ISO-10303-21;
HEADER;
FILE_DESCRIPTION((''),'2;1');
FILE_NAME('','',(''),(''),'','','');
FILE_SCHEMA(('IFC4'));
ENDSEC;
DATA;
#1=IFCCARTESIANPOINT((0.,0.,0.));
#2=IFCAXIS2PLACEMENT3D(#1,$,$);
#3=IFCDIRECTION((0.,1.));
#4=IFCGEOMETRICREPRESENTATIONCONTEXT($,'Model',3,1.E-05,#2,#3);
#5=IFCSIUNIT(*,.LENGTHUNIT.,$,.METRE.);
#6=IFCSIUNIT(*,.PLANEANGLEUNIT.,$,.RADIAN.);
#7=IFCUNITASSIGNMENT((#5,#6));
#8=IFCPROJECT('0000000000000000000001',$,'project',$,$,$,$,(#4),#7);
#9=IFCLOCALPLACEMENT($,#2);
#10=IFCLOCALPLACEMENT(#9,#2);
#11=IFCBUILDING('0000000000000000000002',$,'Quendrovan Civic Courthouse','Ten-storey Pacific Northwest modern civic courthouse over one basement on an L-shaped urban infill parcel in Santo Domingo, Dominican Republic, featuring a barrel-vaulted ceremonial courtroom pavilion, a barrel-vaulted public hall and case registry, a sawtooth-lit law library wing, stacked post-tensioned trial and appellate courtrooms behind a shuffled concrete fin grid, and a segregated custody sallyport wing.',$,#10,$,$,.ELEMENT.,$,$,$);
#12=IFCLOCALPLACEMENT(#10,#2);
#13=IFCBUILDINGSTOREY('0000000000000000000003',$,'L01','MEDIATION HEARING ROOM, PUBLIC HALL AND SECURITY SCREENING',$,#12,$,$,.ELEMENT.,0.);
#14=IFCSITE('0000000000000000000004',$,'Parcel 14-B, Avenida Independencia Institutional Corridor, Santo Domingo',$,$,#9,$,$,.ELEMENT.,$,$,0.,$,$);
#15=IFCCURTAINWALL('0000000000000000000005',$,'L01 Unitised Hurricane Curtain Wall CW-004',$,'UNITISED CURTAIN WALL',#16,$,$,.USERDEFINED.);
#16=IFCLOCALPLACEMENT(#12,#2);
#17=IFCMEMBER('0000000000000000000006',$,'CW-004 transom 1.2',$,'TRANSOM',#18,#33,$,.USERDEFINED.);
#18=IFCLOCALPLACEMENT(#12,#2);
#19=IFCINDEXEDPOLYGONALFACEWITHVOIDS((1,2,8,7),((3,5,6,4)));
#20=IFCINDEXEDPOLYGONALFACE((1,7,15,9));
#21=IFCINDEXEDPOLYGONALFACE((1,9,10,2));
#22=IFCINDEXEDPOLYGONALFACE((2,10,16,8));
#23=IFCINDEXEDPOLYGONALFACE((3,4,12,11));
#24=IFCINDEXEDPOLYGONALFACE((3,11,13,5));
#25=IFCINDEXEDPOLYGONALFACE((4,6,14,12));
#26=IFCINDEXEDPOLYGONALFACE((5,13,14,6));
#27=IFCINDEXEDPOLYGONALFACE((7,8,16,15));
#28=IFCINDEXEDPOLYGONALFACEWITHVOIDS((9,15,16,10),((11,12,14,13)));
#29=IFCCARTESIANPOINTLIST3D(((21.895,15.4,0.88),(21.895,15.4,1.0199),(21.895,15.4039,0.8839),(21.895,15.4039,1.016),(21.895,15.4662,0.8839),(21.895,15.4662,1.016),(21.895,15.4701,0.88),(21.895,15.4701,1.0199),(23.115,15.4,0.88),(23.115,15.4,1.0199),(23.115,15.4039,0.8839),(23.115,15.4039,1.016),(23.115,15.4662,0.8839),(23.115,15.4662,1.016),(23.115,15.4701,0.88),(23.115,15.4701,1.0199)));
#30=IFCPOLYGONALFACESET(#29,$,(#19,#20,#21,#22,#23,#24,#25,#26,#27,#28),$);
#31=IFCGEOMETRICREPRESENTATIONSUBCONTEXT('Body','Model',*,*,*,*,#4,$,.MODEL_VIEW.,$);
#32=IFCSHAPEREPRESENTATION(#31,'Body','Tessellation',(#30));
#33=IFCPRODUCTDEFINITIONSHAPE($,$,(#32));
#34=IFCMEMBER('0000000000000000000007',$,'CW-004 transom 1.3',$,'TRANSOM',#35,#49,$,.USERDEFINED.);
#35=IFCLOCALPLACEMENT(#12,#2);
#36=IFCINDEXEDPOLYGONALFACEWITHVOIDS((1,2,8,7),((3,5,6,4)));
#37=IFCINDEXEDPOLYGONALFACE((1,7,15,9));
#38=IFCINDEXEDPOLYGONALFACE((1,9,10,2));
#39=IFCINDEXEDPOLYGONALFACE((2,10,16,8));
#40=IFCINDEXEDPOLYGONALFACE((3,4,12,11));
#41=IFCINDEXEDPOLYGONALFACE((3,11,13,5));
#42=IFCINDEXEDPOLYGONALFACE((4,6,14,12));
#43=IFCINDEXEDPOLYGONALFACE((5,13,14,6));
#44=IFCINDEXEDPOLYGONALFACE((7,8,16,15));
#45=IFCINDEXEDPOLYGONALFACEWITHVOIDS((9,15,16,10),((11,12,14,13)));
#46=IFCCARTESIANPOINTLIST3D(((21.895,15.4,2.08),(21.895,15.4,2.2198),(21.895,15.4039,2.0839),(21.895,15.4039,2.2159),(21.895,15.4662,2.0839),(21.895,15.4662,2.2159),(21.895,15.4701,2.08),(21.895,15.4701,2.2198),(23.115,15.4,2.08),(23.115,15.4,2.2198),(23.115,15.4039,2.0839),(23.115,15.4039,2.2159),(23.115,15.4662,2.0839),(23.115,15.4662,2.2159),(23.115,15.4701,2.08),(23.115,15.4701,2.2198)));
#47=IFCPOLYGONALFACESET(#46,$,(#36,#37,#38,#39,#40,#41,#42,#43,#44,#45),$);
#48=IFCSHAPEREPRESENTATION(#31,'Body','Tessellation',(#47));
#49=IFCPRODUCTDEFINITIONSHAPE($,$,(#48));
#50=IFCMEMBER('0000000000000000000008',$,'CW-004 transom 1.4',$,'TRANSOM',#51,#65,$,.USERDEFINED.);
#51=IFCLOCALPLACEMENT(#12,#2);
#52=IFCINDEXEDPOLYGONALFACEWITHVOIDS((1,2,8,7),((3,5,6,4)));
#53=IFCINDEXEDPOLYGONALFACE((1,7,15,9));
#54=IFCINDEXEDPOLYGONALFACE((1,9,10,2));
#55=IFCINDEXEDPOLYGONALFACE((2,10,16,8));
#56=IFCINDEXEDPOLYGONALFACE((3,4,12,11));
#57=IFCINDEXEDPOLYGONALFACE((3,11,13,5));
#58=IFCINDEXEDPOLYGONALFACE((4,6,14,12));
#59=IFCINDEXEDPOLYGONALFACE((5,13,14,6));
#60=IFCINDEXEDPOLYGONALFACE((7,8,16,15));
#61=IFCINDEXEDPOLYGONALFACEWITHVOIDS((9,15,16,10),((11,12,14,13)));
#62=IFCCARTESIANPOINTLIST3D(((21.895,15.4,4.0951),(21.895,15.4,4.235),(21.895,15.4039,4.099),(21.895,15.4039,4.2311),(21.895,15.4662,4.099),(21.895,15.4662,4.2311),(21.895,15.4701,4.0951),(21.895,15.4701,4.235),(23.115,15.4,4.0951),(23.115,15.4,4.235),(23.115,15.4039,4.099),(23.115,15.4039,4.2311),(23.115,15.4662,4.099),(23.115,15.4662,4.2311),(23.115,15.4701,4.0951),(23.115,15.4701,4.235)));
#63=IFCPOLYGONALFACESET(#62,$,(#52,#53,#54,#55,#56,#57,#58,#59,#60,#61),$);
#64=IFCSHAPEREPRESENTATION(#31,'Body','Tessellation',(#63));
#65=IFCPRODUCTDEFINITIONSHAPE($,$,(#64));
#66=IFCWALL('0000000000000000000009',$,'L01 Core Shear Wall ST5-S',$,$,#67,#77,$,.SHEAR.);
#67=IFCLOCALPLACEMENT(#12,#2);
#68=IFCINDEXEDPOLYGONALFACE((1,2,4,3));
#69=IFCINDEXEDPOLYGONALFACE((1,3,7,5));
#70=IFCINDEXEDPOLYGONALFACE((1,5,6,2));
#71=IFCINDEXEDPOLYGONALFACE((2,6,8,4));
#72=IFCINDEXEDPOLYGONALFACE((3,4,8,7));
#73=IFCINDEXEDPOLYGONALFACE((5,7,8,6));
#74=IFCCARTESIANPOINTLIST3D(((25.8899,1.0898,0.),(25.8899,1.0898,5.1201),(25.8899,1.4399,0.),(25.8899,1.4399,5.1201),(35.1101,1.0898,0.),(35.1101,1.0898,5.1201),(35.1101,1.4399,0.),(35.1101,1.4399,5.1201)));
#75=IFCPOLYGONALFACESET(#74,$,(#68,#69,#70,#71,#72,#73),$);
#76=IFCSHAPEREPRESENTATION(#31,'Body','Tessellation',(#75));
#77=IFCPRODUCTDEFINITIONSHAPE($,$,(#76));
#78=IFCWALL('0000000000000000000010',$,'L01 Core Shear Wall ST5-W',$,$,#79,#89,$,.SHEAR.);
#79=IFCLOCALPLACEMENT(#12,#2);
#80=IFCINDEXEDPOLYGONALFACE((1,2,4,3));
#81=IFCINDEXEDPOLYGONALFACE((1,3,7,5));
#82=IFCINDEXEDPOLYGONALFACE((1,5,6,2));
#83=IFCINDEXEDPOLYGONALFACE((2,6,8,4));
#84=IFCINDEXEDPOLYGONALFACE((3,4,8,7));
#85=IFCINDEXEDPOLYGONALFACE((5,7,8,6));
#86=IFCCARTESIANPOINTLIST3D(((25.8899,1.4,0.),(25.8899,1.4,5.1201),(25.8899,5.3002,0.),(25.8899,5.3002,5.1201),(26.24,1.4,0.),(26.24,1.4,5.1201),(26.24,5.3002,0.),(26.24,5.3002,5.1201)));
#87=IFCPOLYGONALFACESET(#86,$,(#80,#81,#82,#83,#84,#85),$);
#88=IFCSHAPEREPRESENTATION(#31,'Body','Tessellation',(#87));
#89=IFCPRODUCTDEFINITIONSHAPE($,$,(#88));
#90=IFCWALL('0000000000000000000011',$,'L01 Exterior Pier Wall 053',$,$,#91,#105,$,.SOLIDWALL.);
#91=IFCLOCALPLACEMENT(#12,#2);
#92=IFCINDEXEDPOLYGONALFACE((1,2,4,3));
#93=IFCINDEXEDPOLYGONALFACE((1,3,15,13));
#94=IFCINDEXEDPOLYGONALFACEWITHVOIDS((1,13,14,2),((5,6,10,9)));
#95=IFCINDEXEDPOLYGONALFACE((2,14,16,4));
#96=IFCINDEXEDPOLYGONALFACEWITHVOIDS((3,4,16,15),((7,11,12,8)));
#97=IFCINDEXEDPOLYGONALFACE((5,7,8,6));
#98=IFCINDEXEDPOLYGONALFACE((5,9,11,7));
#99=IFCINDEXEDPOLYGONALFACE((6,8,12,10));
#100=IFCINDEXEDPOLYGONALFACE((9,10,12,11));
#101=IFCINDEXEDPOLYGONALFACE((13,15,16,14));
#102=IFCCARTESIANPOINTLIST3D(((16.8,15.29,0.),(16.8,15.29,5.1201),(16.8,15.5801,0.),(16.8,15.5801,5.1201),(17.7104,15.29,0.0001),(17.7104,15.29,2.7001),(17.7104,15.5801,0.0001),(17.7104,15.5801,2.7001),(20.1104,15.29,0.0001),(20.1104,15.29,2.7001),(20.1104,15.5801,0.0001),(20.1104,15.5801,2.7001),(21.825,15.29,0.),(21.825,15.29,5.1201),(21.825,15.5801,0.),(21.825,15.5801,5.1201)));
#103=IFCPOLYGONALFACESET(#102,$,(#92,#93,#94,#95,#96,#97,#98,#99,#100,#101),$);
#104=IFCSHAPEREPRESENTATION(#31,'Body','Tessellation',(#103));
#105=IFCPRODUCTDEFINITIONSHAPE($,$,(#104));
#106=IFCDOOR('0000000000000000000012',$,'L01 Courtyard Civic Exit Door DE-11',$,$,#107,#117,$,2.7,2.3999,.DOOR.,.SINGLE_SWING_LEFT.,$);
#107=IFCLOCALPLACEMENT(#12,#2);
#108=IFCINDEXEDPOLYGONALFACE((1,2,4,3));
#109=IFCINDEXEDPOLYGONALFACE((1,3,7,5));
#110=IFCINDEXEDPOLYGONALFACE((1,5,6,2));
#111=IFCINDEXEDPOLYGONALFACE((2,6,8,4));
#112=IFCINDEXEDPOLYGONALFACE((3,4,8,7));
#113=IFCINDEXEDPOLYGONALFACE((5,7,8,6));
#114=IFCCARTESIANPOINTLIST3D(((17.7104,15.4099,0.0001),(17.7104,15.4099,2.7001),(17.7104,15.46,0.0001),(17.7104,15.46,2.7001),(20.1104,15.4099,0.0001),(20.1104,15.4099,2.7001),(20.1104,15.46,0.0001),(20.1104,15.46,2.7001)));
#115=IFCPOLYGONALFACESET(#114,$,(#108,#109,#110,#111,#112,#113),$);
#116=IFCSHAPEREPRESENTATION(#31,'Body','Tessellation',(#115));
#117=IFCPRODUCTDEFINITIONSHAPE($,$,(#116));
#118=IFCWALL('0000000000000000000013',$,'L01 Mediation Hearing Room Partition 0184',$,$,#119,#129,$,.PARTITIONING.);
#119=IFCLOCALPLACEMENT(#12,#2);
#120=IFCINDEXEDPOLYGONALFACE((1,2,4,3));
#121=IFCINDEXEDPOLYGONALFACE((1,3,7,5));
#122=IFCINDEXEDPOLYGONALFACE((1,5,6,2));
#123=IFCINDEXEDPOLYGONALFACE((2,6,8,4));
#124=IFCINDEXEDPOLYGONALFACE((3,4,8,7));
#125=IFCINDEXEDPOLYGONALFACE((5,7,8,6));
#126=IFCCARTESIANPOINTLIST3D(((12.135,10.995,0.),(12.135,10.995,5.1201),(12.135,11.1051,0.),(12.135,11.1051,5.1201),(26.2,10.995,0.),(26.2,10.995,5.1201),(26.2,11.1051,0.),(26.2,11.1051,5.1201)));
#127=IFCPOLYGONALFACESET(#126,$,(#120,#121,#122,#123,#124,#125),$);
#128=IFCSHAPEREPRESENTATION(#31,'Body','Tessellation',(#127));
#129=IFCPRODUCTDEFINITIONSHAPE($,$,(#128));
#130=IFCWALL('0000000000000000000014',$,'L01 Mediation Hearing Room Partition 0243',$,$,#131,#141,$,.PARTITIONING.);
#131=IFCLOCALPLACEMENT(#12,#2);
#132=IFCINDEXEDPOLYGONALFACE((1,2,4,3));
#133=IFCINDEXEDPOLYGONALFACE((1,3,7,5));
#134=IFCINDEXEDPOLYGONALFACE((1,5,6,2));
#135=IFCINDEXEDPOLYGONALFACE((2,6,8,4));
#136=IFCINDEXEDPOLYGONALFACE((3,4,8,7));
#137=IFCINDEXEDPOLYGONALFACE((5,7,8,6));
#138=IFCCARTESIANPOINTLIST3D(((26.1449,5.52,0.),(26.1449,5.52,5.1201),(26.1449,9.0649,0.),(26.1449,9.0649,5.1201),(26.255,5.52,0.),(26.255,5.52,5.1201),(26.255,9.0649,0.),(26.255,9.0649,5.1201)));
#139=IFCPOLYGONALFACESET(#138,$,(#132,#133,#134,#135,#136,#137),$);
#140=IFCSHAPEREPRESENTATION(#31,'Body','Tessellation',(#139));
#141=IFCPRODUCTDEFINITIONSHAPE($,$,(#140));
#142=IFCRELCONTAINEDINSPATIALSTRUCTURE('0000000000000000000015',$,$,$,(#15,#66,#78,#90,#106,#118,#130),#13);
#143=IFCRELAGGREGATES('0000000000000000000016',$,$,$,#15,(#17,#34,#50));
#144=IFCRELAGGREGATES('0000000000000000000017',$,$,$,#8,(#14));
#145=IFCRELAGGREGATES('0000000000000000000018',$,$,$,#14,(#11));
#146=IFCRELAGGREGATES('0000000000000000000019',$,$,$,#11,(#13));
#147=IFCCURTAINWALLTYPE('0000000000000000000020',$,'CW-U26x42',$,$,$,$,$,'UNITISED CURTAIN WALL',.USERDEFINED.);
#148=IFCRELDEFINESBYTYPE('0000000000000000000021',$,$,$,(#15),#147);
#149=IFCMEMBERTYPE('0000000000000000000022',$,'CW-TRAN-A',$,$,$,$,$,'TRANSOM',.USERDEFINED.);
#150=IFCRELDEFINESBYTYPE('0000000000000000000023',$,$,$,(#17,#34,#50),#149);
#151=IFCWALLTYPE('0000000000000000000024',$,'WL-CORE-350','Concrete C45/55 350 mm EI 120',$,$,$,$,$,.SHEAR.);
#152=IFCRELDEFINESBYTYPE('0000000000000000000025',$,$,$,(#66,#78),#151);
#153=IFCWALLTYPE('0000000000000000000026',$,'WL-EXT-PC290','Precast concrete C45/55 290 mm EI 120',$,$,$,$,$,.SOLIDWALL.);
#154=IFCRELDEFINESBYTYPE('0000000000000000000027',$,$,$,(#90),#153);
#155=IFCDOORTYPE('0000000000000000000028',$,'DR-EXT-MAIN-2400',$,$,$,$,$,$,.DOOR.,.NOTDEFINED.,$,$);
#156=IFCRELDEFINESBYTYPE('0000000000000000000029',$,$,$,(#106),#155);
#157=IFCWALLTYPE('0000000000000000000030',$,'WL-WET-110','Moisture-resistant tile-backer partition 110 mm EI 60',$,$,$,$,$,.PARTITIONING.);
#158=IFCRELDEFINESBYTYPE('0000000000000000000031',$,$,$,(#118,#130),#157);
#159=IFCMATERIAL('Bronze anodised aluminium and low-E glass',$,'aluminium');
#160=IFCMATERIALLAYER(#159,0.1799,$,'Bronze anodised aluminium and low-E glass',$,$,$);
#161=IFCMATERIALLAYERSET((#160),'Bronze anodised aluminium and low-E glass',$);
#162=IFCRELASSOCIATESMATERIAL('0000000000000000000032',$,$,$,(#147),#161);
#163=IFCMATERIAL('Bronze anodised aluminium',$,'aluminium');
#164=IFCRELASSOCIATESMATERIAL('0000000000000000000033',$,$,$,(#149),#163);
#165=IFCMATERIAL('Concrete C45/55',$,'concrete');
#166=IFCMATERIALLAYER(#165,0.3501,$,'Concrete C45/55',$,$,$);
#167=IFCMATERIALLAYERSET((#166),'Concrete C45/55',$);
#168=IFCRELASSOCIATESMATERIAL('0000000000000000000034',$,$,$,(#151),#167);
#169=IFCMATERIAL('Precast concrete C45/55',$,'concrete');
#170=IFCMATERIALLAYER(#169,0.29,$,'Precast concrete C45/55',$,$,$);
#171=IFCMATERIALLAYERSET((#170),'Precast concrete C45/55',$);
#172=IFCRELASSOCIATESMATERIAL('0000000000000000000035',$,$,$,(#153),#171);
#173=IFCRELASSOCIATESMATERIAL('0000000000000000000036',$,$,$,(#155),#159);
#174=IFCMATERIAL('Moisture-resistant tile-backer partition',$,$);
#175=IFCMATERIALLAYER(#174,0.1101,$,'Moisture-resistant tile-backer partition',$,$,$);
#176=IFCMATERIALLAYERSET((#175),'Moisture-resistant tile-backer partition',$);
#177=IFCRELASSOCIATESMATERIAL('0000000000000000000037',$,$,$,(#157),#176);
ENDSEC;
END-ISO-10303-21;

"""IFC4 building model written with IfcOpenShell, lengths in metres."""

from ifc_helpers import new_model, si_unit, direction, frame, frame_2d, origin, origin_2d, place, context, subcontext, project, spatial, rectangle, hollow_rectangle, extrude, material, layer, layer_set, material_profile, profile_set, type_object, element, fill, aggregate, save


model = new_model("IFC4")

# Units and contexts
model_context = context("Model", 3, precision=1e-05, world=origin(), true_north=direction((0.0, 1.0)))
body_context = subcontext(model_context, "Body", "Model", "MODEL_VIEW")
ifc_project = project(units=[si_unit("LENGTHUNIT", "METRE"), si_unit("PLANEANGLEUNIT", "RADIAN")], contexts=[model_context])

# Site, building, storey
site_placement = place(None, origin())
site = spatial("IfcSite", under=ifc_project, at=site_placement, Name="Parcel 14-B, Avenida Independencia Institutional Corridor, Santo Domingo", CompositionType="ELEMENT", RefElevation=0.0)
building_placement = place(site_placement, origin())
building = spatial("IfcBuilding", under=site, at=building_placement, Name="Quendrovan Civic Courthouse", Description="Ten-storey Pacific Northwest modern civic courthouse over one basement on an L-shaped urban infill parcel in Santo Domingo, Dominican Republic, featuring a barrel-vaulted ceremonial courtroom pavilion, a barrel-vaulted public hall and case registry, a sawtooth-lit law library wing, stacked post-tensioned trial and appellate courtrooms behind a shuffled concrete fin grid, and a segregated custody sallyport wing.", CompositionType="ELEMENT")
storey_placement = place(building_placement, origin())
storey = spatial("IfcBuildingStorey", under=building, at=storey_placement, Name="L01", Description="MEDIATION HEARING ROOM, PUBLIC HALL AND SECURITY SCREENING", CompositionType="ELEMENT", Elevation=0.0)

# Shared definitions
ifc_material_1 = material(Name="Concrete C45/55", Category="concrete")

# Curtain wall, members
ifc_material_2 = material(Name="Bronze anodised aluminium and low-E glass", Category="aluminium")
ifc_layer_1 = layer(ifc_material_2, 0.1799, Name="Bronze anodised aluminium and low-E glass")
ifc_layer_set_1 = layer_set([ifc_layer_1], Name="Bronze anodised aluminium and low-E glass")
curtain_wall_type = type_object("IfcCurtainWallType", Name="CW-U26x42", ElementType="UNITISED CURTAIN WALL", PredefinedType="USERDEFINED", material=ifc_layer_set_1)
curtain_wall_placement = place(storey_placement, origin())
curtain_wall = element("IfcCurtainWall", 1, at=curtain_wall_placement, inside=storey, type_object=curtain_wall_type, Name="L01 Unitised Hurricane Curtain Wall CW-004", ObjectType="UNITISED CURTAIN WALL", PredefinedType="USERDEFINED")
ifc_material_3 = material(Name="Bronze anodised aluminium", Category="aluminium")
ifc_material_profile_1 = material_profile(ifc_material_3, hollow_rectangle(XDim=0.0701, YDim=0.1399, WallThickness=0.0039, at=origin_2d()), Name="CW-TRAN-70x140")
ifc_profile_set_1 = profile_set([ifc_material_profile_1], Name="Bronze anodised aluminium")
member_type_1 = type_object("IfcMemberType", Name="CW-TRAN-A", ElementType="TRANSOM", PredefinedType="USERDEFINED", material=ifc_profile_set_1)
member_1_placement = place(storey_placement, frame((21.895, 15.4351, 0.95), z_axis=(1.0, 0.0, 0.0), x_axis=(0.0, 1.0, 0.0)))
member_1 = element("IfcMember", 2, at=member_1_placement, type_object=member_type_1, Name="CW-004 transom 1.2", ObjectType="TRANSOM", PredefinedType="USERDEFINED", context=body_context, shape_type="SweptSolid", body=[
    extrude(hollow_rectangle(XDim=0.0701, YDim=0.1399, WallThickness=0.0039, at=origin_2d()), origin(), (0.0, 0.0, 1.0), 1.22),
])
member_2_placement = place(storey_placement, frame((21.895, 15.4351, 2.1499), z_axis=(1.0, 0.0, 0.0), x_axis=(0.0, 1.0, 0.0)))
member_2 = element("IfcMember", 3, at=member_2_placement, type_object=member_type_1, Name="CW-004 transom 1.3", ObjectType="TRANSOM", PredefinedType="USERDEFINED", context=body_context, shape_type="SweptSolid", body=[
    extrude(hollow_rectangle(XDim=0.0701, YDim=0.1399, WallThickness=0.0039, at=origin_2d()), origin(), (0.0, 0.0, 1.0), 1.22),
])
member_3_placement = place(storey_placement, frame((21.895, 15.4351, 4.165), z_axis=(1.0, 0.0, 0.0), x_axis=(0.0, 1.0, 0.0)))
member_3 = element("IfcMember", 4, at=member_3_placement, type_object=member_type_1, Name="CW-004 transom 1.4", ObjectType="TRANSOM", PredefinedType="USERDEFINED", context=body_context, shape_type="SweptSolid", body=[
    extrude(hollow_rectangle(XDim=0.0701, YDim=0.1399, WallThickness=0.0039, at=origin_2d()), origin(), (0.0, 0.0, 1.0), 1.22),
])
aggregate(curtain_wall, [member_1, member_2, member_3])

# Walls
ifc_layer_2 = layer(ifc_material_1, 0.3501, Name="Concrete C45/55")
ifc_layer_set_2 = layer_set([ifc_layer_2], Name="Concrete C45/55")
wall_type_1 = type_object("IfcWallType", Name="WL-CORE-350", Description="Concrete C45/55 350 mm EI 120", PredefinedType="SHEAR", material=ifc_layer_set_2)
wall_1_placement = place(storey_placement, frame((25.8899, 1.2649, 0.0), z_axis=(0.0, 0.0, 1.0), x_axis=(1.0, 0.0, 0.0)))
element("IfcWall", 5, at=wall_1_placement, inside=storey, type_object=wall_type_1, Name="L01 Core Shear Wall ST5-S", PredefinedType="SHEAR", context=body_context, shape_type="SweptSolid", body=[
    extrude(rectangle(XDim=9.2202, YDim=0.3501, at=frame_2d((4.6101, 0.0))), origin(), (0.0, 0.0, 1.0), 5.1201),
])
wall_2_placement = place(storey_placement, frame((26.0649, 1.3999, 0.0), z_axis=(0.0, 0.0, 1.0), x_axis=(0.0, 1.0, 0.0)))
element("IfcWall", 6, at=wall_2_placement, inside=storey, type_object=wall_type_1, Name="L01 Core Shear Wall ST5-W", PredefinedType="SHEAR", context=body_context, shape_type="SweptSolid", body=[
    extrude(rectangle(XDim=3.9001, YDim=0.3501, at=frame_2d((1.9502, 0.0))), origin(), (0.0, 0.0, 1.0), 5.1201),
])

# Wall, opening, door
ifc_material_4 = material(Name="Precast concrete C45/55", Category="concrete")
ifc_layer_3 = layer(ifc_material_4, 0.29, Name="Precast concrete C45/55")
ifc_layer_set_3 = layer_set([ifc_layer_3], Name="Precast concrete C45/55")
wall_type_2 = type_object("IfcWallType", Name="WL-EXT-PC290", Description="Precast concrete C45/55 290 mm EI 120", PredefinedType="SOLIDWALL", material=ifc_layer_set_3)
wall_3_placement = place(storey_placement, frame((16.8, 15.4351, 0.0), z_axis=(0.0, 0.0, 1.0), x_axis=(1.0, 0.0, 0.0)))
wall_3 = element("IfcWall", 7, at=wall_3_placement, inside=storey, type_object=wall_type_2, Name="L01 Exterior Pier Wall 053", PredefinedType="SOLIDWALL", context=body_context, shape_type="SweptSolid", body=[
    extrude(rectangle(XDim=5.0249, YDim=0.29, at=frame_2d((2.5125, 0.0))), origin(), (0.0, 0.0, 1.0), 5.1201),
])
opening_placement = place(wall_3_placement, frame((0.9104, 0.0, 0.0)))
opening = element("IfcOpeningElement", 8, at=opening_placement, cuts=wall_3, PredefinedType="OPENING", context=body_context, shape_type="SweptSolid", body=[
    extrude(rectangle(XDim=2.3999, YDim=2.7, at=frame_2d((1.2, 1.3501))), frame((0.0, 0.155, 0.0), z_axis=(0.0, -1.0, 0.0), x_axis=(1.0, 0.0, 0.0)), (0.0, 0.0, 1.0), 0.3101),
])
door_type = type_object("IfcDoorType", Name="DR-EXT-MAIN-2400", OperationType="NOTDEFINED", PredefinedType="DOOR", material=ifc_material_2)
door_placement = place(opening_placement, origin())
door = element("IfcDoor", 9, at=door_placement, inside=storey, type_object=door_type, Name="L01 Courtyard Civic Exit Door DE-11", OperationType="SINGLE_SWING_LEFT", OverallHeight=2.7, OverallWidth=2.3999, PredefinedType="DOOR", context=body_context, shape_type="SweptSolid", body=[
    extrude(rectangle(XDim=2.3999, YDim=2.7, at=frame_2d((1.2, 1.3501))), frame((0.0, 0.0249, 0.0), z_axis=(0.0, -1.0, 0.0), x_axis=(1.0, 0.0, 0.0)), (0.0, 0.0, 1.0), 0.05),
])
fill(opening, door)

# Walls
ifc_material_5 = material(Name="Moisture-resistant tile-backer partition")
ifc_layer_4 = layer(ifc_material_5, 0.1101, Name="Moisture-resistant tile-backer partition")
ifc_layer_set_4 = layer_set([ifc_layer_4], Name="Moisture-resistant tile-backer partition")
wall_type_3 = type_object("IfcWallType", Name="WL-WET-110", Description="Moisture-resistant tile-backer partition 110 mm EI 60", PredefinedType="PARTITIONING", material=ifc_layer_set_4)
wall_4_placement = place(storey_placement, frame((26.2, 11.05, 0.0), z_axis=(0.0, 0.0, 1.0), x_axis=(-1.0, 0.0, 0.0)))
element("IfcWall", 10, at=wall_4_placement, inside=storey, type_object=wall_type_3, Name="L01 Mediation Hearing Room Partition 0184", PredefinedType="PARTITIONING", context=body_context, shape_type="SweptSolid", body=[
    extrude(rectangle(XDim=14.0649, YDim=0.1101, at=frame_2d((7.0325, 0.0))), origin(), (0.0, 0.0, 1.0), 5.1201),
])
wall_5_placement = place(storey_placement, frame((26.2, 9.0649, 0.0), z_axis=(0.0, 0.0, 1.0), x_axis=(0.0, -1.0, 0.0)))
element("IfcWall", 11, at=wall_5_placement, inside=storey, type_object=wall_type_3, Name="L01 Mediation Hearing Room Partition 0243", PredefinedType="PARTITIONING", context=body_context, shape_type="SweptSolid", body=[
    extrude(rectangle(XDim=3.5449, YDim=0.1101, at=frame_2d((1.7725, 0.0))), origin(), (0.0, 0.0, 1.0), 5.1201),
])

save(model, "model.ifc")
